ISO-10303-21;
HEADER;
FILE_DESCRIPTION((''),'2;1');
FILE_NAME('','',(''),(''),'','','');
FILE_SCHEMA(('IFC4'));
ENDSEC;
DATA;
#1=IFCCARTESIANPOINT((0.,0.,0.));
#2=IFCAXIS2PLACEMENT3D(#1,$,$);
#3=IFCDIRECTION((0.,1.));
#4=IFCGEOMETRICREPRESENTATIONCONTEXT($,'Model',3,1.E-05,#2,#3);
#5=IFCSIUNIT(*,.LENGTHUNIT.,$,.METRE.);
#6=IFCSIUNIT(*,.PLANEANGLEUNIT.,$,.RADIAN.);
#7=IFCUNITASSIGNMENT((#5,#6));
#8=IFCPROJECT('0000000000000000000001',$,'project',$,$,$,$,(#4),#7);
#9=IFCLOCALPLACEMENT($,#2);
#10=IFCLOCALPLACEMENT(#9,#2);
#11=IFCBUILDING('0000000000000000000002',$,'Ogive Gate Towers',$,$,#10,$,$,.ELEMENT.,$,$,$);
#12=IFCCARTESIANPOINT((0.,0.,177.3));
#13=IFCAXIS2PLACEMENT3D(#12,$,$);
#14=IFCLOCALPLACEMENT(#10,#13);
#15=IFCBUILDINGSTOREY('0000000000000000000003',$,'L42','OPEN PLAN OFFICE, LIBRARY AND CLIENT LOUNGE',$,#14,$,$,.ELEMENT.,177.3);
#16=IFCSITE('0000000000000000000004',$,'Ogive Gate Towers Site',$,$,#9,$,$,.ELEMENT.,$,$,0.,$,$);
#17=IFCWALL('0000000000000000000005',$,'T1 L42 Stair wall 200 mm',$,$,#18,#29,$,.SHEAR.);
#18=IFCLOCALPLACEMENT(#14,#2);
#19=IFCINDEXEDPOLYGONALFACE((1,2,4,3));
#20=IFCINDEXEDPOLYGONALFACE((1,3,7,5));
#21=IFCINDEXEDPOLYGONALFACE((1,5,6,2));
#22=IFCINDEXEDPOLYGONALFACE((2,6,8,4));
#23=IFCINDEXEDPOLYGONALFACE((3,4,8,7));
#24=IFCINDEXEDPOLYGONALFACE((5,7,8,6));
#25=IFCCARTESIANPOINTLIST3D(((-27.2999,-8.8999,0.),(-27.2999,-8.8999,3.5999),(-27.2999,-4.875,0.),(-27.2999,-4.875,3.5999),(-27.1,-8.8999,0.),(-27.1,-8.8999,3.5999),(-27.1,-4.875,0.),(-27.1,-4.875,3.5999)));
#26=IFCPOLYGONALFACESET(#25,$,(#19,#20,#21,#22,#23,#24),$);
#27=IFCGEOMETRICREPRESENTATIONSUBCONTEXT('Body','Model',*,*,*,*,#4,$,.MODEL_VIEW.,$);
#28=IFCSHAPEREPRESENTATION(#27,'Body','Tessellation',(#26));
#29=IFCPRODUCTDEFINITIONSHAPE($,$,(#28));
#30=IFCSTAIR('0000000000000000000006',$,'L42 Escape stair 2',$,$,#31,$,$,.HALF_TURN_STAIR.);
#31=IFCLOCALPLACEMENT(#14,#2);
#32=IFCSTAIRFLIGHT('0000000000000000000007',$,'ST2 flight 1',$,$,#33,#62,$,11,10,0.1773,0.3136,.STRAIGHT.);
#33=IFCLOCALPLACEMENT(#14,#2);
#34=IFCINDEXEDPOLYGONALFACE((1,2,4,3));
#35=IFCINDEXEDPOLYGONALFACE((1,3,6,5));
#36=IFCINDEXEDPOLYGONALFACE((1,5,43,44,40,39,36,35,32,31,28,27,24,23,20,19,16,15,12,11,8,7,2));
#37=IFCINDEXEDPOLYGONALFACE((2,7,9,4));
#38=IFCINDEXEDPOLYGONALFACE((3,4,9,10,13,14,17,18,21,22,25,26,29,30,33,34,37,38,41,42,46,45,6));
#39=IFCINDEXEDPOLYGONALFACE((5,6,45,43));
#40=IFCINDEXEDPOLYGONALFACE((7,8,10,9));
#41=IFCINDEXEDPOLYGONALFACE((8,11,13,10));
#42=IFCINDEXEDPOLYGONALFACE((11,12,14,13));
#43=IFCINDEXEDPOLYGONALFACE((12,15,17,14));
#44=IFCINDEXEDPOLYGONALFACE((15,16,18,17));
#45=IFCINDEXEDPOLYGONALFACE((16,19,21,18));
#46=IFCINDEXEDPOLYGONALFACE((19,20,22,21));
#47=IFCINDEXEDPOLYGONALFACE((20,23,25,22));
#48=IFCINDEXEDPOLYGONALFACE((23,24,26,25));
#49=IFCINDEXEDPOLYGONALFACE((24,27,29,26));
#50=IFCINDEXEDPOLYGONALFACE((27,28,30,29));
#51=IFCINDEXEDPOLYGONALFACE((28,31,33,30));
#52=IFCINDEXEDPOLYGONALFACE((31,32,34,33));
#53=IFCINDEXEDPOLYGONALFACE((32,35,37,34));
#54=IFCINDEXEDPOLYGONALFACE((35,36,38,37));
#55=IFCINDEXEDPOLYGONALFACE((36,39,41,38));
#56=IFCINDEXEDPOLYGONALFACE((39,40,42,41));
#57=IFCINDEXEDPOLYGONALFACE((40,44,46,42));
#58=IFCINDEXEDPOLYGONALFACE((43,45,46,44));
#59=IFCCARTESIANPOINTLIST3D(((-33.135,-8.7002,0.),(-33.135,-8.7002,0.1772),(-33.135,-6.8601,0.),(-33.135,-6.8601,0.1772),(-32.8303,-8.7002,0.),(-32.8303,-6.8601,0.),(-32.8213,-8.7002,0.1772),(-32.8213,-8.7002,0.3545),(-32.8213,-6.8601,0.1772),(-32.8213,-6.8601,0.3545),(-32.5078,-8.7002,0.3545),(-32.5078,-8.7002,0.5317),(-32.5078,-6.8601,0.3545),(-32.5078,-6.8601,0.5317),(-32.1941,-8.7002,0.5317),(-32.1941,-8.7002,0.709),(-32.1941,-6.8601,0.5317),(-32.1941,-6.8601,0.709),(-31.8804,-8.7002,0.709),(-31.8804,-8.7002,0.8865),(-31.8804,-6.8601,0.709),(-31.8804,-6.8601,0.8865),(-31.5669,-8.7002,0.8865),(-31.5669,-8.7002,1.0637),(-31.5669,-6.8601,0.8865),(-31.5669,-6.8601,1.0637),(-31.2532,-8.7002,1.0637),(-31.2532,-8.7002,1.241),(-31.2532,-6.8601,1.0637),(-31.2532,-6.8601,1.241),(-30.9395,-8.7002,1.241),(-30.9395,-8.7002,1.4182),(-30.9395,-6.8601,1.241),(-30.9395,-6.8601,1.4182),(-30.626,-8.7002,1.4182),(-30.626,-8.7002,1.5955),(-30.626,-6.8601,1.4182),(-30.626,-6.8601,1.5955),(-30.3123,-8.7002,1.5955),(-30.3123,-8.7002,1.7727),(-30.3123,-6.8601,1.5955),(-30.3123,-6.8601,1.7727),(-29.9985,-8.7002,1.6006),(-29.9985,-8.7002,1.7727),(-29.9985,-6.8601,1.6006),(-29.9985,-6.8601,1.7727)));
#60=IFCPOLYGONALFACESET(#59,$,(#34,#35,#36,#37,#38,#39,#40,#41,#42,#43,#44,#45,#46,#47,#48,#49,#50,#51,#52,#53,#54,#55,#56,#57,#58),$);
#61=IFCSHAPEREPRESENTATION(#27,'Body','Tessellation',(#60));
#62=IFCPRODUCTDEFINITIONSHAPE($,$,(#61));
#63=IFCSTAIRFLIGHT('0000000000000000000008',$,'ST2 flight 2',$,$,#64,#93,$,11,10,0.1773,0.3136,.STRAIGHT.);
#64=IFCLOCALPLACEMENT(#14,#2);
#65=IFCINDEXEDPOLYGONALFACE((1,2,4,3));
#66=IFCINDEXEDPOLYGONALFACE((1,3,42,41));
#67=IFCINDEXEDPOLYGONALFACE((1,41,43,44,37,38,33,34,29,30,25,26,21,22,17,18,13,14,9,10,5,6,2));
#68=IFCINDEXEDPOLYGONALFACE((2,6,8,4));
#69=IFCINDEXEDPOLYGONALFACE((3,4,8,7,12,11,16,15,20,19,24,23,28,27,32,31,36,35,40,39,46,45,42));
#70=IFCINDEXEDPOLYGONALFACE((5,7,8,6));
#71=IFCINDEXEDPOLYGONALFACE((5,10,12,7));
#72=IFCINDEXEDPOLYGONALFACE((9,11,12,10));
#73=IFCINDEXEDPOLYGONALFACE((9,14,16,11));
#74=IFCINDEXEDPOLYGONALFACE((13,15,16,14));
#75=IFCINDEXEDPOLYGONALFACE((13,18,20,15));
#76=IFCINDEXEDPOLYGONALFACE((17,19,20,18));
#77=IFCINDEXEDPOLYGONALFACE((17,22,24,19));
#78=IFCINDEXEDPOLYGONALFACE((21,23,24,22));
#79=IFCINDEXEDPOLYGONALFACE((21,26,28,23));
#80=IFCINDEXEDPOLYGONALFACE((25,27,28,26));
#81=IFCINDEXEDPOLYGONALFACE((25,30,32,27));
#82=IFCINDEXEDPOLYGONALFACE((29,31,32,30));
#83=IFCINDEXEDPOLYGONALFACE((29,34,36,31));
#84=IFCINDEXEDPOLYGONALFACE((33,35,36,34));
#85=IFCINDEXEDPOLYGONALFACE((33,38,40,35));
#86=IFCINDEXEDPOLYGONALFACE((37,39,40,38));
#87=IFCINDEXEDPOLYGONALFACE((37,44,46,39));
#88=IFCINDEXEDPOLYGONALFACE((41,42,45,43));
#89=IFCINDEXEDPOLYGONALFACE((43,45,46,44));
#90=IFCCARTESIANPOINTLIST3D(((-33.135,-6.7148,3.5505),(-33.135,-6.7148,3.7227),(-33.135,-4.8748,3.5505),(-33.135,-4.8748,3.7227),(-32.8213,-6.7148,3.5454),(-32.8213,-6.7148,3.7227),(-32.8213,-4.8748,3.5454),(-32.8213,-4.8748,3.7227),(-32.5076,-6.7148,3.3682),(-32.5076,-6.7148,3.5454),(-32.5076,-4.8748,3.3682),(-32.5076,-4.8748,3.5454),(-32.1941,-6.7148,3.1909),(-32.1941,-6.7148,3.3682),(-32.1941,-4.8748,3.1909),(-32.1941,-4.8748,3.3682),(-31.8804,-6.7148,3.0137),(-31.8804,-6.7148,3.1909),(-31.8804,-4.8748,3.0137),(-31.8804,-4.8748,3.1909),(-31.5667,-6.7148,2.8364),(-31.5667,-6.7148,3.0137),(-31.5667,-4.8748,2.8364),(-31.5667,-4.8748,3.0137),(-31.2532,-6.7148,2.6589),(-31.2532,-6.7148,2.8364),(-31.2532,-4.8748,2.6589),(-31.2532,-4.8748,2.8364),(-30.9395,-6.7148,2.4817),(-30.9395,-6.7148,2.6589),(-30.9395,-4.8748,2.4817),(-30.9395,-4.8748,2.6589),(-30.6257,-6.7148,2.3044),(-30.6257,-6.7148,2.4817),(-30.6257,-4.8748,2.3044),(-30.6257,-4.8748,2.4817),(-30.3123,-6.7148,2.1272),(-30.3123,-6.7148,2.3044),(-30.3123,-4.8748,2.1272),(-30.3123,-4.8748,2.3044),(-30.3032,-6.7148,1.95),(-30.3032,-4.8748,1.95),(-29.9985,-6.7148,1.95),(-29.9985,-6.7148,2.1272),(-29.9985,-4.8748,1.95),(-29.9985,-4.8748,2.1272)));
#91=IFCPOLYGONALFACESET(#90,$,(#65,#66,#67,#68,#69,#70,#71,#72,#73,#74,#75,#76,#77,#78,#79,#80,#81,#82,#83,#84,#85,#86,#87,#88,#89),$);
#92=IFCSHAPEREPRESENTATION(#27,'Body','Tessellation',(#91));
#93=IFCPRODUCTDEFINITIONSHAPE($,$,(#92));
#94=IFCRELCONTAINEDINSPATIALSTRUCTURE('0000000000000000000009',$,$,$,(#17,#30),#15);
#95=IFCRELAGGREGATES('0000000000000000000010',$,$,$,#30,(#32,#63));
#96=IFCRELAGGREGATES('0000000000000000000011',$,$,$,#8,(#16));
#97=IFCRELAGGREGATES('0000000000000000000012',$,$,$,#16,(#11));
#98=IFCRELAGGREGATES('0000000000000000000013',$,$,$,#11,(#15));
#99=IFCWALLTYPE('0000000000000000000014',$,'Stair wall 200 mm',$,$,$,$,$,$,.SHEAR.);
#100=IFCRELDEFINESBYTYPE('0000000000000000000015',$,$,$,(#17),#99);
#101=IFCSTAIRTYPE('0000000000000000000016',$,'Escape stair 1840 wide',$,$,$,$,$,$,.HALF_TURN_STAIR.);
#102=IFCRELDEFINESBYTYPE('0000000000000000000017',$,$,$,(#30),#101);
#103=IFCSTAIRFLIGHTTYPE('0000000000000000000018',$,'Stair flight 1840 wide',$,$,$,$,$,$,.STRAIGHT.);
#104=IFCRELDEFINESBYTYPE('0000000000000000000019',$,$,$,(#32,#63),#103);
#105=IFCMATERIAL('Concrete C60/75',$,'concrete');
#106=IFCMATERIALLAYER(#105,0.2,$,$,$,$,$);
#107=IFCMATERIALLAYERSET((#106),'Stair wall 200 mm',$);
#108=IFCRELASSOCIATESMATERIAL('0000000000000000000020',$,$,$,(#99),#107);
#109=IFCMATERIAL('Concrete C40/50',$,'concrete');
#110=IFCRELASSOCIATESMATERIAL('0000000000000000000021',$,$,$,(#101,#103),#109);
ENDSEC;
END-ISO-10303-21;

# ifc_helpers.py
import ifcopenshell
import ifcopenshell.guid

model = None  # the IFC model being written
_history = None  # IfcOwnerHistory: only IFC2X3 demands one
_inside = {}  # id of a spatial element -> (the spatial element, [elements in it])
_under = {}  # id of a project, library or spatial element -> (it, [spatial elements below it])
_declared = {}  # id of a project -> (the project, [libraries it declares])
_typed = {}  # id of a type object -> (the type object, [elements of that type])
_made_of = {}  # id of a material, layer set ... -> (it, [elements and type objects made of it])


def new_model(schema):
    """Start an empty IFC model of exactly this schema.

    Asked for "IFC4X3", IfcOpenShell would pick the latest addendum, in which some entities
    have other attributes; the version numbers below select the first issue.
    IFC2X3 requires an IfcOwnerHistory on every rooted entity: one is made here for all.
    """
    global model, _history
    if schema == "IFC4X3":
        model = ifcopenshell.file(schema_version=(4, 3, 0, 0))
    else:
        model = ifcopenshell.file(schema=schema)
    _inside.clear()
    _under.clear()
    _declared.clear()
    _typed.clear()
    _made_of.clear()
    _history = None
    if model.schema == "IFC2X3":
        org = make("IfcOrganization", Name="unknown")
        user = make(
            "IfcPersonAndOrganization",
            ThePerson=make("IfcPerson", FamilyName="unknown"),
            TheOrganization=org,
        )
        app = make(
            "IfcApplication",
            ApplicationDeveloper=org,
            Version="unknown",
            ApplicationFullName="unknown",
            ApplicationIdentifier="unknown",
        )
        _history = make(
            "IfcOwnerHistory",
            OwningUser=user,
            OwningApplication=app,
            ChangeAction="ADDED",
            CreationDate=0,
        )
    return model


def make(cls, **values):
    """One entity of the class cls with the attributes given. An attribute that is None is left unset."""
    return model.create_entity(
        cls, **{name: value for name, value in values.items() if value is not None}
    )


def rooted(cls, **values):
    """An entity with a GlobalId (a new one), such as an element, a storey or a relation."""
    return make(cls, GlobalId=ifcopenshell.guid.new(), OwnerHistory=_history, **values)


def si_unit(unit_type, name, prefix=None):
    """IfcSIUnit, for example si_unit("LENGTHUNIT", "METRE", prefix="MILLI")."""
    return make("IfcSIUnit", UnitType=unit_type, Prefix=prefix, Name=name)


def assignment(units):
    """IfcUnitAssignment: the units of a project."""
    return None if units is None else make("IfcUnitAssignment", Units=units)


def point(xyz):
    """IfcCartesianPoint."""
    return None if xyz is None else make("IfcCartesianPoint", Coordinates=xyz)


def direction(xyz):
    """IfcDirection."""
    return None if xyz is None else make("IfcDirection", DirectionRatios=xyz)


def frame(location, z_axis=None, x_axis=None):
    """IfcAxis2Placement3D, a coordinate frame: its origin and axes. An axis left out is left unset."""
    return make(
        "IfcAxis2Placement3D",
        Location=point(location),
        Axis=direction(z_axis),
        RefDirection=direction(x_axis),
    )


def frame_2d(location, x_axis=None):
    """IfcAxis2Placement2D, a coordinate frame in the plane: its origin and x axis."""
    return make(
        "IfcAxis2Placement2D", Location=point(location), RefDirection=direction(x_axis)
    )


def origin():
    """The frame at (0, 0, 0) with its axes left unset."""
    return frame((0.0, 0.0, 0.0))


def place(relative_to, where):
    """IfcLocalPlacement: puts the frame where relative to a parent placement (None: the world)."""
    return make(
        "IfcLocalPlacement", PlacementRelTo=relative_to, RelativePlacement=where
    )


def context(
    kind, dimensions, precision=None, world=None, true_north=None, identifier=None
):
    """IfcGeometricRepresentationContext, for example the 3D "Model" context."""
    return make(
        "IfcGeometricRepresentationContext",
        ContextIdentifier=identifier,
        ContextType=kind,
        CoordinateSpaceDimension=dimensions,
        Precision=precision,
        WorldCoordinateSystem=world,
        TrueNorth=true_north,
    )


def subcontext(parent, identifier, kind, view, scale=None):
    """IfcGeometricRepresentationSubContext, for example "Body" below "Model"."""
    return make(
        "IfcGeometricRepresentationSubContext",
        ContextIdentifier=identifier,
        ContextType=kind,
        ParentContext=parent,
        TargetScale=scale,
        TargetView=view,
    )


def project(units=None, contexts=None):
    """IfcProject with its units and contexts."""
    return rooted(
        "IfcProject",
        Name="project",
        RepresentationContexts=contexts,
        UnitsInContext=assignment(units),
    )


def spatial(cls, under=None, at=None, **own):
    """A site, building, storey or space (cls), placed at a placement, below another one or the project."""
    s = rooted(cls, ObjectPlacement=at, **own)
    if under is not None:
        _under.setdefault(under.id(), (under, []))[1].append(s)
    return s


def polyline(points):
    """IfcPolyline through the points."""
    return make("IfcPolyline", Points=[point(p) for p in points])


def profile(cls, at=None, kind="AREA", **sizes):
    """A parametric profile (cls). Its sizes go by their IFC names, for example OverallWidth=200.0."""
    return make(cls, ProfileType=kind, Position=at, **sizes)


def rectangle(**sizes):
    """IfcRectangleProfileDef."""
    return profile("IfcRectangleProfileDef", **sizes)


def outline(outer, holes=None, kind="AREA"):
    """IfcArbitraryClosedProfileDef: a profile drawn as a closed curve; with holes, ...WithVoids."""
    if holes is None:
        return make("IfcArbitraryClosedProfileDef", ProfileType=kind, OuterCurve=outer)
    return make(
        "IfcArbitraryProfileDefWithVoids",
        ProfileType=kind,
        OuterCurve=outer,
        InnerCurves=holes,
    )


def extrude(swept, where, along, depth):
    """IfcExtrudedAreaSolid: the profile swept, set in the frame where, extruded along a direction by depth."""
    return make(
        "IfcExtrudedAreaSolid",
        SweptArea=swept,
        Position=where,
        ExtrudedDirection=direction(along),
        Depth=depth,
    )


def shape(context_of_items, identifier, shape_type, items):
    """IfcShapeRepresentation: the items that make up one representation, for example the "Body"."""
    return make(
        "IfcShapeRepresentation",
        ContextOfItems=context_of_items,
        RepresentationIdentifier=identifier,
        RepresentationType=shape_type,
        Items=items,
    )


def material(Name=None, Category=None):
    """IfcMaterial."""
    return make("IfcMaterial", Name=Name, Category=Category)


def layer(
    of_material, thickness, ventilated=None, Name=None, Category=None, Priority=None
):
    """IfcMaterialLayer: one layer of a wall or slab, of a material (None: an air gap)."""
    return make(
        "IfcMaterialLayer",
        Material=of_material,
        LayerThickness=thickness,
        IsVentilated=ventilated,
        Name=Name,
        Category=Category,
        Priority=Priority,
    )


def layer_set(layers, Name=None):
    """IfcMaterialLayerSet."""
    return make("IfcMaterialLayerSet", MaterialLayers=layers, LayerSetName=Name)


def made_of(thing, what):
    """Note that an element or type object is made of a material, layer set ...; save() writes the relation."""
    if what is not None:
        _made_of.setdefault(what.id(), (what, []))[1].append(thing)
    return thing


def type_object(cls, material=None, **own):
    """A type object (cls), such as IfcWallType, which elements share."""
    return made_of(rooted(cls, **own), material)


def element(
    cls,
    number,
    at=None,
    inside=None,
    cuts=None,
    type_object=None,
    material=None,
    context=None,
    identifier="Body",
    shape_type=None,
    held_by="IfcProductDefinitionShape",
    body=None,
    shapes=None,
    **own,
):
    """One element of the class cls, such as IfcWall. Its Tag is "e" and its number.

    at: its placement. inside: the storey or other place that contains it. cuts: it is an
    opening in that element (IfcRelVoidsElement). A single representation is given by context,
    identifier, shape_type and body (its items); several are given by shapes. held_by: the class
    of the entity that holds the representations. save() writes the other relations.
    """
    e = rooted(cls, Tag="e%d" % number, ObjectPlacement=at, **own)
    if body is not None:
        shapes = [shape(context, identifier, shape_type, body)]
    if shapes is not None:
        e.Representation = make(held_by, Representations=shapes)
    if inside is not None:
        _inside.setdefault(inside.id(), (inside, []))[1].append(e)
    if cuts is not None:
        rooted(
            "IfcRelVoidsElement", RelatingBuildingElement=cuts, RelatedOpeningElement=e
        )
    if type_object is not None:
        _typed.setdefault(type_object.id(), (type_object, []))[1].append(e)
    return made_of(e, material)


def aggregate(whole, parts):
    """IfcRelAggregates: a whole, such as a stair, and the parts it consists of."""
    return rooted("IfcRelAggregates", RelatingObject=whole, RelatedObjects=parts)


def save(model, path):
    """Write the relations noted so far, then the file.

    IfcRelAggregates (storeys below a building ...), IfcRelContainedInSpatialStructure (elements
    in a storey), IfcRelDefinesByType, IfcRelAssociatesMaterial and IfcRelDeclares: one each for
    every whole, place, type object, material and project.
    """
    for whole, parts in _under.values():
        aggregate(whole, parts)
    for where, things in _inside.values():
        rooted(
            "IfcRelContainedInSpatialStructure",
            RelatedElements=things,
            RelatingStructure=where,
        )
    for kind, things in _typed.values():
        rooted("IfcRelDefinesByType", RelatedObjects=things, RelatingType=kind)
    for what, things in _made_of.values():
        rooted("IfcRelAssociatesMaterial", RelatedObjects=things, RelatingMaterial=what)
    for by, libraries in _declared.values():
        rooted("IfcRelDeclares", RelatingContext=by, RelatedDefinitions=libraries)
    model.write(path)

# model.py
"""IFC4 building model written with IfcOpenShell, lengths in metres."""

from ifc_helpers import new_model, si_unit, direction, frame, frame_2d, origin, place, context, subcontext, project, spatial, polyline, rectangle, outline, extrude, material, layer, layer_set, type_object, element, aggregate, save


model = new_model("IFC4")

# Units and contexts
model_context = context("Model", 3, precision=1e-05, world=origin(), true_north=direction((0.0, 1.0)))
body_context = subcontext(model_context, "Body", "Model", "MODEL_VIEW")
ifc_project = project(units=[si_unit("LENGTHUNIT", "METRE"), si_unit("PLANEANGLEUNIT", "RADIAN")], contexts=[model_context])

# Site, building, storey
site_placement = place(None, origin())
site = spatial("IfcSite", under=ifc_project, at=site_placement, Name="Ogive Gate Towers Site", CompositionType="ELEMENT", RefElevation=0.0)
building_placement = place(site_placement, origin())
building = spatial("IfcBuilding", under=site, at=building_placement, Name="Ogive Gate Towers", CompositionType="ELEMENT")
storey_placement = place(building_placement, frame((0.0, 0.0, 177.3)))
storey = spatial("IfcBuildingStorey", under=building, at=storey_placement, Name="L42", Description="OPEN PLAN OFFICE, LIBRARY AND CLIENT LOUNGE", CompositionType="ELEMENT", Elevation=177.3)

# Shared definitions
ifc_material_1 = material(Name="Concrete C60/75", Category="concrete")

# Wall
ifc_layer_1 = layer(ifc_material_1, 0.2)
ifc_layer_set_1 = layer_set([ifc_layer_1], Name="Stair wall 200 mm")
wall_type_1 = type_object("IfcWallType", Name="Stair wall 200 mm", PredefinedType="SHEAR", material=ifc_layer_set_1)
wall_1_placement = place(storey_placement, frame((-27.2, -8.8999, 0.0), z_axis=(0.0, 0.0, 1.0), x_axis=(0.0, 1.0, 0.0)))
element("IfcWall", 1, at=wall_1_placement, inside=storey, type_object=wall_type_1, Name="T1 L42 Stair wall 200 mm", PredefinedType="SHEAR", context=body_context, shape_type="SweptSolid", body=[
    extrude(rectangle(XDim=4.0249, YDim=0.2, at=frame_2d((2.0125, 0.0))), origin(), (0.0, 0.0, 1.0), 3.5999),
])

# Stair, stair flights
ifc_material_2 = material(Name="Concrete C40/50", Category="concrete")
stair_type = type_object("IfcStairType", Name="Escape stair 1840 wide", PredefinedType="HALF_TURN_STAIR", material=ifc_material_2)
stair_placement = place(storey_placement, origin())
stair = element("IfcStair", 2, at=stair_placement, inside=storey, type_object=stair_type, Name="L42 Escape stair 2", PredefinedType="HALF_TURN_STAIR")
stair_flight_type = type_object("IfcStairFlightType", Name="Stair flight 1840 wide", PredefinedType="STRAIGHT", material=ifc_material_2)
stair_flight_1_placement = place(storey_placement, frame((-33.135, -7.78, 0.0), z_axis=(0.0, 0.0, 1.0), x_axis=(1.0, 0.0, 0.0)))
stair_flight_1 = element("IfcStairFlight", 3, at=stair_flight_1_placement, type_object=stair_flight_type, Name="ST2 flight 1", NumberOfRisers=11, NumberOfTreads=10, PredefinedType="STRAIGHT", RiserHeight=0.1773, TreadLength=0.3136, context=body_context, shape_type="SweptSolid", body=[
    extrude(outline(polyline([(0.0, 0.0), (0.0, 0.1772), (0.3137, 0.1772), (0.3137, 0.3545), (0.6272, 0.3545), (0.6272, 0.5317), (0.9409, 0.5317), (0.9409, 0.709), (1.2546, 0.709), (1.2546, 0.8865), (1.5681, 0.8865), (1.5681, 1.0637), (1.8818, 1.0637), (1.8818, 1.241), (2.1956, 1.241), (2.1956, 1.4182), (2.509, 1.4182), (2.509, 1.5955), (2.8228, 1.5955), (2.8228, 1.7727), (3.1365, 1.7727), (3.1365, 1.95), (3.1365, 1.6006), (0.3047, 0.0), (0.0, 0.0)])), frame((0.0, 0.9199, 0.0), z_axis=(0.0, -1.0, 0.0), x_axis=(1.0, 0.0, 0.0)), (0.0, 0.0, 1.0), 1.8401),
])
stair_flight_2_placement = place(storey_placement, frame((-29.9985, -5.7949, 1.95), z_axis=(0.0, 0.0, 1.0), x_axis=(-1.0, 0.0, 0.0)))
stair_flight_2 = element("IfcStairFlight", 4, at=stair_flight_2_placement, type_object=stair_flight_type, Name="ST2 flight 2", NumberOfRisers=11, NumberOfTreads=10, PredefinedType="STRAIGHT", RiserHeight=0.1773, TreadLength=0.3136, context=body_context, shape_type="SweptSolid", body=[
    extrude(outline(polyline([(0.0, 0.0), (0.0, 0.1772), (0.3137, 0.1772), (0.3137, 0.3545), (0.6272, 0.3545), (0.6272, 0.5317), (0.9409, 0.5317), (0.9409, 0.709), (1.2546, 0.709), (1.2546, 0.8865), (1.5681, 0.8865), (1.5681, 1.0637), (1.8818, 1.0637), (1.8818, 1.241), (2.1956, 1.241), (2.1956, 1.4182), (2.509, 1.4182), (2.509, 1.5955), (2.8228, 1.5955), (2.8228, 1.7727), (3.1365, 1.7727), (3.1365, 1.95), (3.1365, 1.6006), (0.3047, 0.0), (0.0, 0.0)])), frame((0.0, 0.9199, 0.0), z_axis=(0.0, -1.0, 0.0), x_axis=(1.0, 0.0, 0.0)), (0.0, 0.0, 1.0), 1.8401),
])
aggregate(stair, [stair_flight_1, stair_flight_2])

save(model, "model.ifc")
